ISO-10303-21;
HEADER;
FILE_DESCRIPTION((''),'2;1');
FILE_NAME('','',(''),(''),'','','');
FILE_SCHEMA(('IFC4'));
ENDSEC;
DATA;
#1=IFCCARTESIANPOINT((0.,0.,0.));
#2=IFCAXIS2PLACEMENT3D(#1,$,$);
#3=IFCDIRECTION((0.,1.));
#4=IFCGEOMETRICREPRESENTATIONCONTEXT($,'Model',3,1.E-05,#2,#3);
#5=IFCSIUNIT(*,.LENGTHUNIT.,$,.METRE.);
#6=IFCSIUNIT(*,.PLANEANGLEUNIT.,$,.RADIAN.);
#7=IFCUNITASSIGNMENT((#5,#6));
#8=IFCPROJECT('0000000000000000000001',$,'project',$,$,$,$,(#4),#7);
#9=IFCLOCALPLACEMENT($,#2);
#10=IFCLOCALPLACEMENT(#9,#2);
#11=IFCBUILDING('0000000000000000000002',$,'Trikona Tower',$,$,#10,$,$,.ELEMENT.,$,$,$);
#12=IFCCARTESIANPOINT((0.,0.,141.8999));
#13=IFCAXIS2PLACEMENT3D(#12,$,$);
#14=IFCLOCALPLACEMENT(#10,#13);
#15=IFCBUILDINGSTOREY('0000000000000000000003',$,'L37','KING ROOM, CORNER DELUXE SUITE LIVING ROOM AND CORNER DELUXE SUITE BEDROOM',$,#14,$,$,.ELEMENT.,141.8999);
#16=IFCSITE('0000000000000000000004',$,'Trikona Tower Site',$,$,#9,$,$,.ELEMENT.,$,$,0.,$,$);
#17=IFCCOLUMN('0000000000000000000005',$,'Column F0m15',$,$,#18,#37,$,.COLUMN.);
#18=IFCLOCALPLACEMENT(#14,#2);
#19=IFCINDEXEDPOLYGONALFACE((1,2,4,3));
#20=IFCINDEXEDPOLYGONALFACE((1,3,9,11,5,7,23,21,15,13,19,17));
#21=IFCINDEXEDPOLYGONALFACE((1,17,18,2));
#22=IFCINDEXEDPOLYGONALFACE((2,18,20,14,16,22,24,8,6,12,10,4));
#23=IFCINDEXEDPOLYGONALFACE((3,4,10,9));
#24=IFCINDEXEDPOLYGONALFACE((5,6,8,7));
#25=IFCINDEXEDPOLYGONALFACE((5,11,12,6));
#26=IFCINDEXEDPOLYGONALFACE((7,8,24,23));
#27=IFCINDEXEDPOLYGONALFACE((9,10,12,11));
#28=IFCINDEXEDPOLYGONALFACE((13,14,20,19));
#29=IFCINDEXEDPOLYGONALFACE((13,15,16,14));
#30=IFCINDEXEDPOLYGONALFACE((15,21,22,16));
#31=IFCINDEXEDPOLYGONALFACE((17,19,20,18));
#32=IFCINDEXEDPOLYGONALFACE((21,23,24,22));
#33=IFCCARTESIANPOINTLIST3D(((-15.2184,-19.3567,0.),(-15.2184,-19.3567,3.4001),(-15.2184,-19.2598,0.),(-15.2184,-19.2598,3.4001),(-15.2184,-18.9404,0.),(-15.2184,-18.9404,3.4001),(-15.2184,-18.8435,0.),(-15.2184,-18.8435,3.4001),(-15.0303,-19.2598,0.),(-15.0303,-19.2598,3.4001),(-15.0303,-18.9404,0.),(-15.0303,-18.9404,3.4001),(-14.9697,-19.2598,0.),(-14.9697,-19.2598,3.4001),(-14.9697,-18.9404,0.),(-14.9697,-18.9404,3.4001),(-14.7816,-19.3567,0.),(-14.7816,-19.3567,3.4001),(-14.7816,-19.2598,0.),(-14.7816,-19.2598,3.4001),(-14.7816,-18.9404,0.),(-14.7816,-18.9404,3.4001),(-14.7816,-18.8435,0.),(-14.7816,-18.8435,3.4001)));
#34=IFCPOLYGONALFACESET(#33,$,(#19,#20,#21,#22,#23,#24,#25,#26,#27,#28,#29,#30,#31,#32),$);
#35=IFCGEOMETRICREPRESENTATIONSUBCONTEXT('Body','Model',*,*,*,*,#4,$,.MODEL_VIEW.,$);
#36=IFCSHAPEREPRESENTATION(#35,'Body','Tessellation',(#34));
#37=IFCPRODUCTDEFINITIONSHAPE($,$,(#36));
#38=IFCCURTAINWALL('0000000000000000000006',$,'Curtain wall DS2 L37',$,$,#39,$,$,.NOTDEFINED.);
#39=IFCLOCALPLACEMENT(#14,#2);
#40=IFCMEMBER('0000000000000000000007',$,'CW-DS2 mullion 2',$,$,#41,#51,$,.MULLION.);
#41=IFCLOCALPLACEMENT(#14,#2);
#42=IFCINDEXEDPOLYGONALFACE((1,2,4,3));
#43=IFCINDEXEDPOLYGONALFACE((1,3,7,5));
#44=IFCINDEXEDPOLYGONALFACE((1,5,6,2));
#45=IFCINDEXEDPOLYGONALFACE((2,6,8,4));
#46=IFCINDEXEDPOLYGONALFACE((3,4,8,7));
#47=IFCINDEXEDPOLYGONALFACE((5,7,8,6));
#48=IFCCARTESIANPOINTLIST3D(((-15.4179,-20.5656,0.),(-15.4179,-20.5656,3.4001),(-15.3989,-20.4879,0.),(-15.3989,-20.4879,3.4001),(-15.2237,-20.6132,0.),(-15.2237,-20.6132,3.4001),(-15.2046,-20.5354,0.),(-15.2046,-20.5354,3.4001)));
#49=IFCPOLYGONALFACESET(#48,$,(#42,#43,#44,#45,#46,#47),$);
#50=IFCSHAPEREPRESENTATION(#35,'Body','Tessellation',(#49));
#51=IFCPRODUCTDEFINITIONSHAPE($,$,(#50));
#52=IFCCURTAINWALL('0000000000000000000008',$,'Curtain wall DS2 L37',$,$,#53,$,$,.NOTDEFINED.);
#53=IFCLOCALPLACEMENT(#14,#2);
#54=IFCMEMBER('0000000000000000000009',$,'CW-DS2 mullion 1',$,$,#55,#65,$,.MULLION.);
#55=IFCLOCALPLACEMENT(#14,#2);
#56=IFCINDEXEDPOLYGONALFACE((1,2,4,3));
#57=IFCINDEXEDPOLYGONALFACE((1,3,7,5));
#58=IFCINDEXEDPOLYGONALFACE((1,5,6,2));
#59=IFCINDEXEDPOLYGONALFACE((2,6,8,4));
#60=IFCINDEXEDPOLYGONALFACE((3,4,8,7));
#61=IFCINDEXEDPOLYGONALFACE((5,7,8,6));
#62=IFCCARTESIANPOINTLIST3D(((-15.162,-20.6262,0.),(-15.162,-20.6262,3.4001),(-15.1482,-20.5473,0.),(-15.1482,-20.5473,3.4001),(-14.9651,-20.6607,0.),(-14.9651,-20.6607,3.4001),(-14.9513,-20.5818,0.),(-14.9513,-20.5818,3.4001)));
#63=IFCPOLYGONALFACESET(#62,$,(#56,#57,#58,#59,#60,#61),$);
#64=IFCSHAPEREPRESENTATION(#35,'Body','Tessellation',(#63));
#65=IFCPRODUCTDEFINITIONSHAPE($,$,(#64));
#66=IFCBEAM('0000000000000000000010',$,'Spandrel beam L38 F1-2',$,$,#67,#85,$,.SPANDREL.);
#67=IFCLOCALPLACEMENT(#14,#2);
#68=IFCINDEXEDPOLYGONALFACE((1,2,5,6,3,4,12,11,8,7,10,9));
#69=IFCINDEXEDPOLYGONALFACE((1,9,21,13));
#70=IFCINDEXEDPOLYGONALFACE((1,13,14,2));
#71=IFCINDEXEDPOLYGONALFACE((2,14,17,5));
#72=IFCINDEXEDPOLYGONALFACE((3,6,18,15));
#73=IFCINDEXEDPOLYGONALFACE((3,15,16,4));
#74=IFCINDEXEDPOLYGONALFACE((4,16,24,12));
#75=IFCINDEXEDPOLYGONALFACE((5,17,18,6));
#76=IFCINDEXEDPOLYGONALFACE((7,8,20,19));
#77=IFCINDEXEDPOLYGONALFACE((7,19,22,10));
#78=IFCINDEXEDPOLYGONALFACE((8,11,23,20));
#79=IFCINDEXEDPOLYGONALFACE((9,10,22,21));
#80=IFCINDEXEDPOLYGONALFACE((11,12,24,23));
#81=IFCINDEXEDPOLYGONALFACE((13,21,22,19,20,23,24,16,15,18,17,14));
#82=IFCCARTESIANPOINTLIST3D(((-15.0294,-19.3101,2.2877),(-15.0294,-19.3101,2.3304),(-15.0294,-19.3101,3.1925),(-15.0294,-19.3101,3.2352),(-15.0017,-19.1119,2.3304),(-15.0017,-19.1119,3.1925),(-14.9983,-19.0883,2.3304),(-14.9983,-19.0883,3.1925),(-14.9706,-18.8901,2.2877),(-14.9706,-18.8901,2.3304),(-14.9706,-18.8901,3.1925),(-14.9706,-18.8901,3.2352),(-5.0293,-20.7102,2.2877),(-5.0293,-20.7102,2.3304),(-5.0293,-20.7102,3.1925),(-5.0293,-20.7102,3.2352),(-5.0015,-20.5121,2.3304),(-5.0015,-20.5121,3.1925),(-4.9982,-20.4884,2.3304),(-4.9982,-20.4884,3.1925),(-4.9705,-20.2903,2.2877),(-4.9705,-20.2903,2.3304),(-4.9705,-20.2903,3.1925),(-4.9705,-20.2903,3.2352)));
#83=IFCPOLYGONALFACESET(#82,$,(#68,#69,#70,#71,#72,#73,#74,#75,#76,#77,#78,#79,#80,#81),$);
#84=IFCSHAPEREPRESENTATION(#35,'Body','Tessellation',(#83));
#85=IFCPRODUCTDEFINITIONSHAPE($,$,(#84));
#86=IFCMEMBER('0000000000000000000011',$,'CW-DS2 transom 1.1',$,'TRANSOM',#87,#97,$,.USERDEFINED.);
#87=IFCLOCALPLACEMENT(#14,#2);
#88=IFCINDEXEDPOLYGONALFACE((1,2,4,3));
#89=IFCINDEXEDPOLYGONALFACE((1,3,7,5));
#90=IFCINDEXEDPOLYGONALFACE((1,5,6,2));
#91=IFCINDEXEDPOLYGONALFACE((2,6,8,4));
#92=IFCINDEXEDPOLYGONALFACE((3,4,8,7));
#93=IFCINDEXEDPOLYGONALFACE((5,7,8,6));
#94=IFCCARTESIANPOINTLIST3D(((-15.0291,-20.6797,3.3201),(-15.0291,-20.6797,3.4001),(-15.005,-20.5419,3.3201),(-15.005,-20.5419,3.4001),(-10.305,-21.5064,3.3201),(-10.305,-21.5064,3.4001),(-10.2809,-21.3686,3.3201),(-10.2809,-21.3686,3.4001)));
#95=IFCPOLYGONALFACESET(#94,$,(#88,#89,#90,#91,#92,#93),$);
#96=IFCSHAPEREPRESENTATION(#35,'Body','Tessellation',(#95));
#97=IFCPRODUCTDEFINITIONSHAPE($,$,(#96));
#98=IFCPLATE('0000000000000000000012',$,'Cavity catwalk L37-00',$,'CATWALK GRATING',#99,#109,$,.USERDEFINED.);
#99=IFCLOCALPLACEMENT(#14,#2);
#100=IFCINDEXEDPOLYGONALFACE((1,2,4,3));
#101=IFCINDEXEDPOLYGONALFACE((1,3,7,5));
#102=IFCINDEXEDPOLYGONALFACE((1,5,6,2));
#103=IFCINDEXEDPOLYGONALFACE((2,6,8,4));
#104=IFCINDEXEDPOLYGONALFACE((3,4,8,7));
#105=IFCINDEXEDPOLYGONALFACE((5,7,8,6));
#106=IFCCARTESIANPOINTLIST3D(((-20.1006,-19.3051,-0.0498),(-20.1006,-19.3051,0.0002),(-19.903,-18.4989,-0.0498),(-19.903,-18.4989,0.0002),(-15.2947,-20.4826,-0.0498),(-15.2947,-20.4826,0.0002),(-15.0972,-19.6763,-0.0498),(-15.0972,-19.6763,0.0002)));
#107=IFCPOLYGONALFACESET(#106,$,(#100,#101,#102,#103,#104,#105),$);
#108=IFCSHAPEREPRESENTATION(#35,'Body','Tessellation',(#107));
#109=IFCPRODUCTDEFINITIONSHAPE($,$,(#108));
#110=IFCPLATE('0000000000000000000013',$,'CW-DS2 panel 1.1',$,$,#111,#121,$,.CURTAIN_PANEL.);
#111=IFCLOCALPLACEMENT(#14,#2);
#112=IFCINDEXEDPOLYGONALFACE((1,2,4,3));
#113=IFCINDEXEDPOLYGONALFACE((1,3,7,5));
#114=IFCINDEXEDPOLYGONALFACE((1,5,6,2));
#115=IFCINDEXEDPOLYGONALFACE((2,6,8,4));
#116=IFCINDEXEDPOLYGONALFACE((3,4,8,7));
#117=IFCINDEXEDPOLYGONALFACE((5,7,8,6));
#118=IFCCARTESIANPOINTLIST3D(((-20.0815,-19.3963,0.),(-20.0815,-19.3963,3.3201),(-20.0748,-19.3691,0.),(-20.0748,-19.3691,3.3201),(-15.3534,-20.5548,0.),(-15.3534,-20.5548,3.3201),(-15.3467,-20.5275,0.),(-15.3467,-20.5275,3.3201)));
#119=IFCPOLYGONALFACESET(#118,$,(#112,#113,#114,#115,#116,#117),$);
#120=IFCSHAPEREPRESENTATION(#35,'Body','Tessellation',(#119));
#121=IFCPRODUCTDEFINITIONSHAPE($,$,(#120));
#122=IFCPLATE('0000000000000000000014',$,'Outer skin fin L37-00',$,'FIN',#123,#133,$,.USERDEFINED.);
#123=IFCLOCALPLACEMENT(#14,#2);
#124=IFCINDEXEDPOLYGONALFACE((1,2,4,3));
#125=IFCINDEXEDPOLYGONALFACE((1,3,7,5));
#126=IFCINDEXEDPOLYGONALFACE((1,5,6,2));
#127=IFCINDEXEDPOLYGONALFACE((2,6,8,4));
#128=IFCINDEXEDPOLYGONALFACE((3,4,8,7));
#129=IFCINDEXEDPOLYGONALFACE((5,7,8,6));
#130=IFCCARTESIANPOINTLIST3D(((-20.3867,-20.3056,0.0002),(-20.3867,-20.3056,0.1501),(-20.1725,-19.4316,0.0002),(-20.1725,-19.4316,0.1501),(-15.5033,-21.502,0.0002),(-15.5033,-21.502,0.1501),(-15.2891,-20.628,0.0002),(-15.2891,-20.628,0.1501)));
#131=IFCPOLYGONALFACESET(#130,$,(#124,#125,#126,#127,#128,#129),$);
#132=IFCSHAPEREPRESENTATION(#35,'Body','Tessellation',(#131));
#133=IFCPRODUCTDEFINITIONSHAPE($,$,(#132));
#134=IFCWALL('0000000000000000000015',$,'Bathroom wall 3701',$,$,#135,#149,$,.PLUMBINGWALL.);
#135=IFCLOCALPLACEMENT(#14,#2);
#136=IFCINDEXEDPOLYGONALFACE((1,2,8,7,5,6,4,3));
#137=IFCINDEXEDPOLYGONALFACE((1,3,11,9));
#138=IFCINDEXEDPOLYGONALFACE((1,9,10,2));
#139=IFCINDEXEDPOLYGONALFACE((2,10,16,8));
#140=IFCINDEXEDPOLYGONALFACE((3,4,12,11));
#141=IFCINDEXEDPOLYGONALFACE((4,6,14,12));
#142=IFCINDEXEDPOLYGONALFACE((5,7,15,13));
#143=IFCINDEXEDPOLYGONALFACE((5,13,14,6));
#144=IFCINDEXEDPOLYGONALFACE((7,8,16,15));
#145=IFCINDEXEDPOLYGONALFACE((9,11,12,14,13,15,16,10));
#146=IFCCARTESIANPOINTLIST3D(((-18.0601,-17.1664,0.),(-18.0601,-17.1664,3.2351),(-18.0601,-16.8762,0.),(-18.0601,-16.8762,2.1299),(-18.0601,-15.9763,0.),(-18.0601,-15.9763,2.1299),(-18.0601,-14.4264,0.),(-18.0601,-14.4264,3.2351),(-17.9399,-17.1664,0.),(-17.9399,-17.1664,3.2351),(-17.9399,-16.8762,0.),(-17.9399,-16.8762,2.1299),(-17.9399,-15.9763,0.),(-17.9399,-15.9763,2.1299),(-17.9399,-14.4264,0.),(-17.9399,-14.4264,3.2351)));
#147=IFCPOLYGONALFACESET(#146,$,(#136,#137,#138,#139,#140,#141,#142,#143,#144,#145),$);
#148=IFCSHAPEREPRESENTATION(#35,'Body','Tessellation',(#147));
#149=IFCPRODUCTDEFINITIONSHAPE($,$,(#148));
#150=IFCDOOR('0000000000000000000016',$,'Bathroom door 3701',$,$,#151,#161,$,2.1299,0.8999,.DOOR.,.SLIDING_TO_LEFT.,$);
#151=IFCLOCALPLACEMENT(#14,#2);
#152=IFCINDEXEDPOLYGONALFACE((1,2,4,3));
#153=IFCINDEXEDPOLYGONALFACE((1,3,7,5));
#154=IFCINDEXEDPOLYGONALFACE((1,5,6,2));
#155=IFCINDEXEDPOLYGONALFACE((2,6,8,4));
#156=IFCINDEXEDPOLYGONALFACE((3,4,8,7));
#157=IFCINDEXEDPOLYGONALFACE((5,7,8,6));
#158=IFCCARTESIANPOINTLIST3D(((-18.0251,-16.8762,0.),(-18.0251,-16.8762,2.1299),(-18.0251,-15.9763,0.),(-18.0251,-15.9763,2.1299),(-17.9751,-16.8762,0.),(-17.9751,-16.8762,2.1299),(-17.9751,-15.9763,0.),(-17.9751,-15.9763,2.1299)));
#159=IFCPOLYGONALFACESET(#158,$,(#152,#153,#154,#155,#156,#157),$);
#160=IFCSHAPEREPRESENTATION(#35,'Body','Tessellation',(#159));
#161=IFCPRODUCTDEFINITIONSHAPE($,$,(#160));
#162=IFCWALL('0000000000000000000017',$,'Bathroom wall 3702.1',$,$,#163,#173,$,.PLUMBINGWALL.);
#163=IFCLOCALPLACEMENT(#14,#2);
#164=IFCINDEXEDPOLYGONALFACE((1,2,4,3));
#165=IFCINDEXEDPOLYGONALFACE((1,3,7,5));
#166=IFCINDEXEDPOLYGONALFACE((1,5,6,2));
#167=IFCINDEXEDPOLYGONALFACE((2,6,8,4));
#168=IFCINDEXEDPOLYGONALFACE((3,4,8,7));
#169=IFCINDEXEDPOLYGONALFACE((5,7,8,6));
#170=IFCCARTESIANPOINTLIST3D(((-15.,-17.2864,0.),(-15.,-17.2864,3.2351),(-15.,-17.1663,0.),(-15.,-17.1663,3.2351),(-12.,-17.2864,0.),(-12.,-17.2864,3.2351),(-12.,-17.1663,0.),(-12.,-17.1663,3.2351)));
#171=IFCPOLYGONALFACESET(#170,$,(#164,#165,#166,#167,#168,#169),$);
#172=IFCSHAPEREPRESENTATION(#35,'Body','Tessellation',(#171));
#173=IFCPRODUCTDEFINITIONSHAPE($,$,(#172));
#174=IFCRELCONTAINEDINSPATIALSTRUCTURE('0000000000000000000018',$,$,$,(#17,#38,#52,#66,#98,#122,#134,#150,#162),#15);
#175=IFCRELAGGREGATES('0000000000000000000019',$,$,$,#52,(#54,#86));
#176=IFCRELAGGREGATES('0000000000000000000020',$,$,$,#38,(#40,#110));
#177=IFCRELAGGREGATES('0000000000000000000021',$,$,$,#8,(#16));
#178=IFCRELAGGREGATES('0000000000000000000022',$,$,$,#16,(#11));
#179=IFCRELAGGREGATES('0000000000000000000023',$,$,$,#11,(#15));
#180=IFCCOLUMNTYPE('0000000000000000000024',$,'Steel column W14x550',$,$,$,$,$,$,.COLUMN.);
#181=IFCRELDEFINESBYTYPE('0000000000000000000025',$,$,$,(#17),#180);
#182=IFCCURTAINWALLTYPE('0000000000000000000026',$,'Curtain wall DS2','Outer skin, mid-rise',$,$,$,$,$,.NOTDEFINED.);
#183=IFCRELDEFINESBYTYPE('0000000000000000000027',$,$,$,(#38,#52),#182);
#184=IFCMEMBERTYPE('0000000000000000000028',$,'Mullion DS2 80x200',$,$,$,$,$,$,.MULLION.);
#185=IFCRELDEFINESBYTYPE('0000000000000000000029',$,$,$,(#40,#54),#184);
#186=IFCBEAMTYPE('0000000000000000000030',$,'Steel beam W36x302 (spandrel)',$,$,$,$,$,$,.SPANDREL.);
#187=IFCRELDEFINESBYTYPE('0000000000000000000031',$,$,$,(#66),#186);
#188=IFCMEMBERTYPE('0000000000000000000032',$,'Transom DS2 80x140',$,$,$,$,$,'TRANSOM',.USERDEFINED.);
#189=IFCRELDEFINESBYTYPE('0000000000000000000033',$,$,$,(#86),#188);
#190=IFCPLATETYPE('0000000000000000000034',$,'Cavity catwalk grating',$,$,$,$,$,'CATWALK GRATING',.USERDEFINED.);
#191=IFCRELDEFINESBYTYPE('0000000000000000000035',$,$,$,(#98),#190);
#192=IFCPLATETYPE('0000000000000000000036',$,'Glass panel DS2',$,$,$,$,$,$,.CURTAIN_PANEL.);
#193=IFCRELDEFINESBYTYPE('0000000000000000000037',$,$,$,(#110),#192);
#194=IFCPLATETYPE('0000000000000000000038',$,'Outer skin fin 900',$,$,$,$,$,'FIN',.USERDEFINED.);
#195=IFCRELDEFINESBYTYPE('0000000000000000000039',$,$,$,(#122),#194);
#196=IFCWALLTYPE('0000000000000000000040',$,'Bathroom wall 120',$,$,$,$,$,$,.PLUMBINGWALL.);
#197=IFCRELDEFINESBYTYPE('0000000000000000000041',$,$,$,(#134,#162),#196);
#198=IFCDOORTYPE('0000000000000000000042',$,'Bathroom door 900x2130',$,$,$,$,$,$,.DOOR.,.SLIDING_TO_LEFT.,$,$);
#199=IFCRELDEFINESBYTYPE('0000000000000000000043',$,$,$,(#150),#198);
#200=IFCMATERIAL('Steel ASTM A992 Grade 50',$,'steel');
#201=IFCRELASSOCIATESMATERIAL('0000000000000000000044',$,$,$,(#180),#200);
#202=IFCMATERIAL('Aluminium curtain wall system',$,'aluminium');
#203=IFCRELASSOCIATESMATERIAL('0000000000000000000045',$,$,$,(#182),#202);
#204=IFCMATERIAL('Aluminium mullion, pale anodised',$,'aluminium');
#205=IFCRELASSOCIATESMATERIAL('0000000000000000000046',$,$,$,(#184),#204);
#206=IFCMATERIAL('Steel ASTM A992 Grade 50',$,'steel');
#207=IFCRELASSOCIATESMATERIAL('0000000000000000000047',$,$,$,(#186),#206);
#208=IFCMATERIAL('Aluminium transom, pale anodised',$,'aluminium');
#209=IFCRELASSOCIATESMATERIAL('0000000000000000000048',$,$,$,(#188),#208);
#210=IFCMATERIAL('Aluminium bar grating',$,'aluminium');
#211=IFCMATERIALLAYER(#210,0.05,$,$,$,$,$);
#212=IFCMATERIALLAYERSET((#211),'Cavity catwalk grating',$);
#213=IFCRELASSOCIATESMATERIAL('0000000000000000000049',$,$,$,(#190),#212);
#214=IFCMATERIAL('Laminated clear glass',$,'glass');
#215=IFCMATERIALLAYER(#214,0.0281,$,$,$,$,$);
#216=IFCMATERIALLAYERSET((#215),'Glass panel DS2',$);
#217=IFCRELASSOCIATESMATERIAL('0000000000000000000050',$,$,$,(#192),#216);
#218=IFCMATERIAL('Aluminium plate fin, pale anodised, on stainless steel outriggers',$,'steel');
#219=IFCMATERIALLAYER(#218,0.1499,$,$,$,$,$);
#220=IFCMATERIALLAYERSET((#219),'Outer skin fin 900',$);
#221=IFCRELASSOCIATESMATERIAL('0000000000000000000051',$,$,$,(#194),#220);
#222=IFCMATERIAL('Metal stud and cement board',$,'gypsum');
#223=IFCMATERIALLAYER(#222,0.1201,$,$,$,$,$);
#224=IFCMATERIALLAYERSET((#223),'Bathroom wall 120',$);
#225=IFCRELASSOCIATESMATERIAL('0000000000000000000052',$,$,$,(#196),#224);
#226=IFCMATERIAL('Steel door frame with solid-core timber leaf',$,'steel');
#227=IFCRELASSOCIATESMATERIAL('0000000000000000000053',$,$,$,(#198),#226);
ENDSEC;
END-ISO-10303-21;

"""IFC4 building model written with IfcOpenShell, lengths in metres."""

from ifc_helpers import new_model, si_unit, direction, frame, frame_2d, origin, origin_2d, place, context, subcontext, project, spatial, rectangle, i_section, extrude, material, layer, layer_set, material_profile, profile_set, type_object, element, fill, aggregate, save


model = new_model("IFC4")

# Units and contexts
model_context = context("Model", 3, precision=1e-05, world=origin(), true_north=direction((0.0, 1.0)))
body_context = subcontext(model_context, "Body", "Model", "MODEL_VIEW")
ifc_project = project(units=[si_unit("LENGTHUNIT", "METRE"), si_unit("PLANEANGLEUNIT", "RADIAN")], contexts=[model_context])

# Site, building, storey
site_placement = place(None, origin())
site = spatial("IfcSite", under=ifc_project, at=site_placement, Name="Trikona Tower Site", CompositionType="ELEMENT", RefElevation=0.0)
building_placement = place(site_placement, origin())
building = spatial("IfcBuilding", under=site, at=building_placement, Name="Trikona Tower", CompositionType="ELEMENT")
storey_placement = place(building_placement, frame((0.0, 0.0, 141.8999)))
storey = spatial("IfcBuildingStorey", under=building, at=storey_placement, Name="L37", Description="KING ROOM, CORNER DELUXE SUITE LIVING ROOM AND CORNER DELUXE SUITE BEDROOM", CompositionType="ELEMENT", Elevation=141.8999)

# Column
ifc_material_1 = material(Name="Steel ASTM A992 Grade 50", Category="steel")
ifc_material_profile_1 = material_profile(ifc_material_1, i_section(OverallWidth=0.4368, OverallDepth=0.5132, WebThickness=0.0605, FlangeThickness=0.0969, at=origin_2d()), Name="W14X550")
ifc_profile_set_1 = profile_set([ifc_material_profile_1], Name="Steel ASTM A992 Grade 50")
column_type = type_object("IfcColumnType", Name="Steel column W14x550", PredefinedType="COLUMN", material=ifc_profile_set_1)
column_placement = place(storey_placement, frame((-15.0, -19.1001, 0.0), z_axis=(0.0, 0.0, 1.0), x_axis=(1.0, 0.0, 0.0)))
element("IfcColumn", 1, at=column_placement, inside=storey, type_object=column_type, Name="Column F0m15", PredefinedType="COLUMN", context=body_context, shape_type="SweptSolid", body=[
    extrude(i_section(OverallWidth=0.4368, OverallDepth=0.5132, WebThickness=0.0605, FlangeThickness=0.0969, at=origin_2d()), origin(), (0.0, 0.0, 1.0), 3.4001),
])

# Curtain walls, members
ifc_material_2 = material(Name="Aluminium curtain wall system", Category="aluminium")
curtain_wall_type = type_object("IfcCurtainWallType", Name="Curtain wall DS2", Description="Outer skin, mid-rise", PredefinedType="NOTDEFINED", material=ifc_material_2)
curtain_wall_1_placement = place(storey_placement, origin())
curtain_wall_1 = element("IfcCurtainWall", 2, at=curtain_wall_1_placement, inside=storey, type_object=curtain_wall_type, Name="Curtain wall DS2 L37", PredefinedType="NOTDEFINED")
ifc_material_3 = material(Name="Aluminium mullion, pale anodised", Category="aluminium")
ifc_material_profile_2 = material_profile(ifc_material_3, rectangle(XDim=0.0801, YDim=0.2, at=origin_2d()), Name="MUL-DS2")
ifc_profile_set_2 = profile_set([ifc_material_profile_2], Name="Aluminium mullion, pale anodised")
member_type_1 = type_object("IfcMemberType", Name="Mullion DS2 80x200", PredefinedType="MULLION", material=ifc_profile_set_2)
member_1_placement = place(storey_placement, frame((-15.3113, -20.5505, 0.0), z_axis=(0.0, 0.0, 1.0), x_axis=(0.23797, 0.971272, 0.0)))
member_1 = element("IfcMember", 3, at=member_1_placement, type_object=member_type_1, Name="CW-DS2 mullion 2", PredefinedType="MULLION", context=body_context, shape_type="SweptSolid", body=[
    extrude(rectangle(XDim=0.0801, YDim=0.2, at=origin_2d()), origin(), (0.0, 0.0, 1.0), 3.4001),
])
curtain_wall_2_placement = place(storey_placement, origin())
curtain_wall_2 = element("IfcCurtainWall", 4, at=curtain_wall_2_placement, inside=storey, type_object=curtain_wall_type, Name="Curtain wall DS2 L37", PredefinedType="NOTDEFINED")
member_2_placement = place(storey_placement, frame((-15.0566, -20.604, 0.0), z_axis=(0.0, 0.0, 1.0), x_axis=(0.172377, 0.985031, 0.0)))
member_2 = element("IfcMember", 5, at=member_2_placement, type_object=member_type_1, Name="CW-DS2 mullion 1", PredefinedType="MULLION", context=body_context, shape_type="SweptSolid", body=[
    extrude(rectangle(XDim=0.0801, YDim=0.2, at=origin_2d()), origin(), (0.0, 0.0, 1.0), 3.4001),
])

# Beam
ifc_material_4 = material(Name="Steel ASTM A992 Grade 50", Category="steel")
ifc_material_profile_3 = material_profile(ifc_material_4, i_section(OverallWidth=0.4241, OverallDepth=0.9475, WebThickness=0.0239, FlangeThickness=0.0427, at=origin_2d()), Name="W36X302")
ifc_profile_set_3 = profile_set([ifc_material_profile_3], Name="Steel ASTM A992 Grade 50")
beam_type = type_object("IfcBeamType", Name="Steel beam W36x302 (spandrel)", PredefinedType="SPANDREL", material=ifc_profile_set_3)
beam_placement = place(storey_placement, frame((-15.0, -19.1001, 2.7615), z_axis=(0.99034, -0.138662, 0.0), x_axis=(0.138662, 0.99034, 0.0)))
element("IfcBeam", 6, at=beam_placement, inside=storey, type_object=beam_type, Name="Spandrel beam L38 F1-2", PredefinedType="SPANDREL", context=body_context, shape_type="SweptSolid", body=[
    extrude(i_section(OverallWidth=0.4241, OverallDepth=0.9475, WebThickness=0.0239, FlangeThickness=0.0427, at=origin_2d()), origin(), (0.0, 0.0, 1.0), 10.0977),
])

# Member
ifc_material_5 = material(Name="Aluminium transom, pale anodised", Category="aluminium")
ifc_material_profile_4 = material_profile(ifc_material_5, rectangle(XDim=0.1399, YDim=0.0801, at=origin_2d()), Name="TRN-DS2")
ifc_profile_set_4 = profile_set([ifc_material_profile_4], Name="Aluminium transom, pale anodised")
member_type_2 = type_object("IfcMemberType", Name="Transom DS2 80x140", ElementType="TRANSOM", PredefinedType="USERDEFINED", material=ifc_profile_set_4)
member_3_placement = place(storey_placement, frame((-15.0171, -20.6108, 3.3601), z_axis=(0.985033, -0.172368, 0.0), x_axis=(0.172368, 0.985033, 0.0)))
member_3 = element("IfcMember", 7, at=member_3_placement, type_object=member_type_2, Name="CW-DS2 transom 1.1", ObjectType="TRANSOM", PredefinedType="USERDEFINED", context=body_context, shape_type="SweptSolid", body=[
    extrude(rectangle(XDim=0.1399, YDim=0.0801, at=origin_2d()), origin(), (0.0, 0.0, 1.0), 4.7959),
])
aggregate(curtain_wall_2, [member_2, member_3])

# Plates
ifc_material_6 = material(Name="Aluminium bar grating", Category="aluminium")
ifc_layer_1 = layer(ifc_material_6, 0.05)
ifc_layer_set_1 = layer_set([ifc_layer_1], Name="Cavity catwalk grating")
plate_type_1 = type_object("IfcPlateType", Name="Cavity catwalk grating", ElementType="CATWALK GRATING", PredefinedType="USERDEFINED", material=ifc_layer_set_1)
plate_1_placement = place(storey_placement, frame((-17.5989, -19.4907, -0.0498), z_axis=(0.0, 0.0, 1.0), x_axis=(0.971274, -0.237962, 0.0)))
element("IfcPlate", 8, at=plate_1_placement, inside=storey, type_object=plate_type_1, Name="Cavity catwalk L37-00", ObjectType="CATWALK GRATING", PredefinedType="USERDEFINED", context=body_context, shape_type="SweptSolid", body=[
    extrude(rectangle(XDim=4.948, YDim=0.8301, at=origin_2d()), origin(), (0.0, 0.0, 1.0), 0.05),
])
ifc_material_7 = material(Name="Laminated clear glass", Category="glass")
ifc_layer_2 = layer(ifc_material_7, 0.0281)
ifc_layer_set_2 = layer_set([ifc_layer_2], Name="Glass panel DS2")
plate_type_2 = type_object("IfcPlateType", Name="Glass panel DS2", PredefinedType="CURTAIN_PANEL", material=ifc_layer_set_2)
plate_2_placement = place(storey_placement, frame((-17.7141, -19.9619, 0.0), z_axis=(0.0, 0.0, 1.0), x_axis=(0.971272, -0.23797, 0.0)))
plate_2 = element("IfcPlate", 9, at=plate_2_placement, type_object=plate_type_2, Name="CW-DS2 panel 1.1", PredefinedType="CURTAIN_PANEL", context=body_context, shape_type="SweptSolid", body=[
    extrude(rectangle(XDim=4.8679, YDim=0.0281, at=origin_2d()), origin(), (0.0, 0.0, 1.0), 3.3201),
])
aggregate(curtain_wall_1, [member_1, plate_2])
ifc_material_8 = material(Name="Aluminium plate fin, pale anodised, on stainless steel outriggers", Category="steel")
ifc_layer_3 = layer(ifc_material_8, 0.1499)
ifc_layer_set_3 = layer_set([ifc_layer_3], Name="Outer skin fin 900")
plate_type_3 = type_object("IfcPlateType", Name="Outer skin fin 900", ElementType="FIN", PredefinedType="USERDEFINED", material=ifc_layer_set_3)
plate_3_placement = place(storey_placement, frame((-17.8379, -20.4668, 0.0002), z_axis=(0.0, 0.0, 1.0), x_axis=(0.971274, -0.237962, 0.0)))
element("IfcPlate", 10, at=plate_3_placement, inside=storey, type_object=plate_type_3, Name="Outer skin fin L37-00", ObjectType="FIN", PredefinedType="USERDEFINED", context=body_context, shape_type="SweptSolid", body=[
    extrude(rectangle(XDim=5.0278, YDim=0.8999, at=origin_2d()), origin(), (0.0, 0.0, 1.0), 0.1499),
])

# Wall, opening, door
ifc_material_9 = material(Name="Metal stud and cement board", Category="gypsum")
ifc_layer_4 = layer(ifc_material_9, 0.1201)
ifc_layer_set_4 = layer_set([ifc_layer_4], Name="Bathroom wall 120")
wall_type_1 = type_object("IfcWallType", Name="Bathroom wall 120", PredefinedType="PLUMBINGWALL", material=ifc_layer_set_4)
wall_1_placement = place(storey_placement, frame((-18.0, -14.4263, 0.0), z_axis=(0.0, 0.0, 1.0), x_axis=(0.0, -1.0, 0.0)))
wall_1 = element("IfcWall", 11, at=wall_1_placement, inside=storey, type_object=wall_type_1, Name="Bathroom wall 3701", PredefinedType="PLUMBINGWALL", context=body_context, shape_type="SweptSolid", body=[
    extrude(rectangle(XDim=2.74, YDim=0.1201, at=frame_2d((1.3701, 0.0))), origin(), (0.0, 0.0, 1.0), 3.2351),
])
opening_placement = place(wall_1_placement, frame((1.55, 0.0, 0.0)))
opening = element("IfcOpeningElement", 12, at=opening_placement, cuts=wall_1, PredefinedType="OPENING", context=body_context, shape_type="SweptSolid", body=[
    extrude(rectangle(XDim=0.8999, YDim=2.1299, at=frame_2d((0.45, 1.0649))), frame((0.0, 0.0701, 0.0), z_axis=(0.0, -1.0, 0.0), x_axis=(1.0, 0.0, 0.0)), (0.0, 0.0, 1.0), 0.1401),
])
ifc_material_10 = material(Name="Steel door frame with solid-core timber leaf", Category="steel")
door_type = type_object("IfcDoorType", Name="Bathroom door 900x2130", OperationType="SLIDING_TO_LEFT", PredefinedType="DOOR", material=ifc_material_10)
door_placement = place(opening_placement, origin())
door = element("IfcDoor", 13, at=door_placement, inside=storey, type_object=door_type, Name="Bathroom door 3701", OperationType="SLIDING_TO_LEFT", OverallHeight=2.1299, OverallWidth=0.8999, PredefinedType="DOOR", context=body_context, shape_type="SweptSolid", body=[
    extrude(rectangle(XDim=0.8999, YDim=2.1299, at=frame_2d((0.45, 1.0649))), frame((0.0, 0.0249, 0.0), z_axis=(0.0, -1.0, 0.0), x_axis=(1.0, 0.0, 0.0)), (0.0, 0.0, 1.0), 0.05),
])
fill(opening, door)

# Wall
wall_2_placement = place(storey_placement, frame((-15.0, -17.2263, 0.0), z_axis=(0.0, 0.0, 1.0), x_axis=(1.0, 0.0, 0.0)))
element("IfcWall", 14, at=wall_2_placement, inside=storey, type_object=wall_type_1, Name="Bathroom wall 3702.1", PredefinedType="PLUMBINGWALL", context=body_context, shape_type="SweptSolid", body=[
    extrude(rectangle(XDim=3.0, YDim=0.1201, at=frame_2d((1.5, 0.0))), origin(), (0.0, 0.0, 1.0), 3.2351),
])

save(model, "model.ifc")
